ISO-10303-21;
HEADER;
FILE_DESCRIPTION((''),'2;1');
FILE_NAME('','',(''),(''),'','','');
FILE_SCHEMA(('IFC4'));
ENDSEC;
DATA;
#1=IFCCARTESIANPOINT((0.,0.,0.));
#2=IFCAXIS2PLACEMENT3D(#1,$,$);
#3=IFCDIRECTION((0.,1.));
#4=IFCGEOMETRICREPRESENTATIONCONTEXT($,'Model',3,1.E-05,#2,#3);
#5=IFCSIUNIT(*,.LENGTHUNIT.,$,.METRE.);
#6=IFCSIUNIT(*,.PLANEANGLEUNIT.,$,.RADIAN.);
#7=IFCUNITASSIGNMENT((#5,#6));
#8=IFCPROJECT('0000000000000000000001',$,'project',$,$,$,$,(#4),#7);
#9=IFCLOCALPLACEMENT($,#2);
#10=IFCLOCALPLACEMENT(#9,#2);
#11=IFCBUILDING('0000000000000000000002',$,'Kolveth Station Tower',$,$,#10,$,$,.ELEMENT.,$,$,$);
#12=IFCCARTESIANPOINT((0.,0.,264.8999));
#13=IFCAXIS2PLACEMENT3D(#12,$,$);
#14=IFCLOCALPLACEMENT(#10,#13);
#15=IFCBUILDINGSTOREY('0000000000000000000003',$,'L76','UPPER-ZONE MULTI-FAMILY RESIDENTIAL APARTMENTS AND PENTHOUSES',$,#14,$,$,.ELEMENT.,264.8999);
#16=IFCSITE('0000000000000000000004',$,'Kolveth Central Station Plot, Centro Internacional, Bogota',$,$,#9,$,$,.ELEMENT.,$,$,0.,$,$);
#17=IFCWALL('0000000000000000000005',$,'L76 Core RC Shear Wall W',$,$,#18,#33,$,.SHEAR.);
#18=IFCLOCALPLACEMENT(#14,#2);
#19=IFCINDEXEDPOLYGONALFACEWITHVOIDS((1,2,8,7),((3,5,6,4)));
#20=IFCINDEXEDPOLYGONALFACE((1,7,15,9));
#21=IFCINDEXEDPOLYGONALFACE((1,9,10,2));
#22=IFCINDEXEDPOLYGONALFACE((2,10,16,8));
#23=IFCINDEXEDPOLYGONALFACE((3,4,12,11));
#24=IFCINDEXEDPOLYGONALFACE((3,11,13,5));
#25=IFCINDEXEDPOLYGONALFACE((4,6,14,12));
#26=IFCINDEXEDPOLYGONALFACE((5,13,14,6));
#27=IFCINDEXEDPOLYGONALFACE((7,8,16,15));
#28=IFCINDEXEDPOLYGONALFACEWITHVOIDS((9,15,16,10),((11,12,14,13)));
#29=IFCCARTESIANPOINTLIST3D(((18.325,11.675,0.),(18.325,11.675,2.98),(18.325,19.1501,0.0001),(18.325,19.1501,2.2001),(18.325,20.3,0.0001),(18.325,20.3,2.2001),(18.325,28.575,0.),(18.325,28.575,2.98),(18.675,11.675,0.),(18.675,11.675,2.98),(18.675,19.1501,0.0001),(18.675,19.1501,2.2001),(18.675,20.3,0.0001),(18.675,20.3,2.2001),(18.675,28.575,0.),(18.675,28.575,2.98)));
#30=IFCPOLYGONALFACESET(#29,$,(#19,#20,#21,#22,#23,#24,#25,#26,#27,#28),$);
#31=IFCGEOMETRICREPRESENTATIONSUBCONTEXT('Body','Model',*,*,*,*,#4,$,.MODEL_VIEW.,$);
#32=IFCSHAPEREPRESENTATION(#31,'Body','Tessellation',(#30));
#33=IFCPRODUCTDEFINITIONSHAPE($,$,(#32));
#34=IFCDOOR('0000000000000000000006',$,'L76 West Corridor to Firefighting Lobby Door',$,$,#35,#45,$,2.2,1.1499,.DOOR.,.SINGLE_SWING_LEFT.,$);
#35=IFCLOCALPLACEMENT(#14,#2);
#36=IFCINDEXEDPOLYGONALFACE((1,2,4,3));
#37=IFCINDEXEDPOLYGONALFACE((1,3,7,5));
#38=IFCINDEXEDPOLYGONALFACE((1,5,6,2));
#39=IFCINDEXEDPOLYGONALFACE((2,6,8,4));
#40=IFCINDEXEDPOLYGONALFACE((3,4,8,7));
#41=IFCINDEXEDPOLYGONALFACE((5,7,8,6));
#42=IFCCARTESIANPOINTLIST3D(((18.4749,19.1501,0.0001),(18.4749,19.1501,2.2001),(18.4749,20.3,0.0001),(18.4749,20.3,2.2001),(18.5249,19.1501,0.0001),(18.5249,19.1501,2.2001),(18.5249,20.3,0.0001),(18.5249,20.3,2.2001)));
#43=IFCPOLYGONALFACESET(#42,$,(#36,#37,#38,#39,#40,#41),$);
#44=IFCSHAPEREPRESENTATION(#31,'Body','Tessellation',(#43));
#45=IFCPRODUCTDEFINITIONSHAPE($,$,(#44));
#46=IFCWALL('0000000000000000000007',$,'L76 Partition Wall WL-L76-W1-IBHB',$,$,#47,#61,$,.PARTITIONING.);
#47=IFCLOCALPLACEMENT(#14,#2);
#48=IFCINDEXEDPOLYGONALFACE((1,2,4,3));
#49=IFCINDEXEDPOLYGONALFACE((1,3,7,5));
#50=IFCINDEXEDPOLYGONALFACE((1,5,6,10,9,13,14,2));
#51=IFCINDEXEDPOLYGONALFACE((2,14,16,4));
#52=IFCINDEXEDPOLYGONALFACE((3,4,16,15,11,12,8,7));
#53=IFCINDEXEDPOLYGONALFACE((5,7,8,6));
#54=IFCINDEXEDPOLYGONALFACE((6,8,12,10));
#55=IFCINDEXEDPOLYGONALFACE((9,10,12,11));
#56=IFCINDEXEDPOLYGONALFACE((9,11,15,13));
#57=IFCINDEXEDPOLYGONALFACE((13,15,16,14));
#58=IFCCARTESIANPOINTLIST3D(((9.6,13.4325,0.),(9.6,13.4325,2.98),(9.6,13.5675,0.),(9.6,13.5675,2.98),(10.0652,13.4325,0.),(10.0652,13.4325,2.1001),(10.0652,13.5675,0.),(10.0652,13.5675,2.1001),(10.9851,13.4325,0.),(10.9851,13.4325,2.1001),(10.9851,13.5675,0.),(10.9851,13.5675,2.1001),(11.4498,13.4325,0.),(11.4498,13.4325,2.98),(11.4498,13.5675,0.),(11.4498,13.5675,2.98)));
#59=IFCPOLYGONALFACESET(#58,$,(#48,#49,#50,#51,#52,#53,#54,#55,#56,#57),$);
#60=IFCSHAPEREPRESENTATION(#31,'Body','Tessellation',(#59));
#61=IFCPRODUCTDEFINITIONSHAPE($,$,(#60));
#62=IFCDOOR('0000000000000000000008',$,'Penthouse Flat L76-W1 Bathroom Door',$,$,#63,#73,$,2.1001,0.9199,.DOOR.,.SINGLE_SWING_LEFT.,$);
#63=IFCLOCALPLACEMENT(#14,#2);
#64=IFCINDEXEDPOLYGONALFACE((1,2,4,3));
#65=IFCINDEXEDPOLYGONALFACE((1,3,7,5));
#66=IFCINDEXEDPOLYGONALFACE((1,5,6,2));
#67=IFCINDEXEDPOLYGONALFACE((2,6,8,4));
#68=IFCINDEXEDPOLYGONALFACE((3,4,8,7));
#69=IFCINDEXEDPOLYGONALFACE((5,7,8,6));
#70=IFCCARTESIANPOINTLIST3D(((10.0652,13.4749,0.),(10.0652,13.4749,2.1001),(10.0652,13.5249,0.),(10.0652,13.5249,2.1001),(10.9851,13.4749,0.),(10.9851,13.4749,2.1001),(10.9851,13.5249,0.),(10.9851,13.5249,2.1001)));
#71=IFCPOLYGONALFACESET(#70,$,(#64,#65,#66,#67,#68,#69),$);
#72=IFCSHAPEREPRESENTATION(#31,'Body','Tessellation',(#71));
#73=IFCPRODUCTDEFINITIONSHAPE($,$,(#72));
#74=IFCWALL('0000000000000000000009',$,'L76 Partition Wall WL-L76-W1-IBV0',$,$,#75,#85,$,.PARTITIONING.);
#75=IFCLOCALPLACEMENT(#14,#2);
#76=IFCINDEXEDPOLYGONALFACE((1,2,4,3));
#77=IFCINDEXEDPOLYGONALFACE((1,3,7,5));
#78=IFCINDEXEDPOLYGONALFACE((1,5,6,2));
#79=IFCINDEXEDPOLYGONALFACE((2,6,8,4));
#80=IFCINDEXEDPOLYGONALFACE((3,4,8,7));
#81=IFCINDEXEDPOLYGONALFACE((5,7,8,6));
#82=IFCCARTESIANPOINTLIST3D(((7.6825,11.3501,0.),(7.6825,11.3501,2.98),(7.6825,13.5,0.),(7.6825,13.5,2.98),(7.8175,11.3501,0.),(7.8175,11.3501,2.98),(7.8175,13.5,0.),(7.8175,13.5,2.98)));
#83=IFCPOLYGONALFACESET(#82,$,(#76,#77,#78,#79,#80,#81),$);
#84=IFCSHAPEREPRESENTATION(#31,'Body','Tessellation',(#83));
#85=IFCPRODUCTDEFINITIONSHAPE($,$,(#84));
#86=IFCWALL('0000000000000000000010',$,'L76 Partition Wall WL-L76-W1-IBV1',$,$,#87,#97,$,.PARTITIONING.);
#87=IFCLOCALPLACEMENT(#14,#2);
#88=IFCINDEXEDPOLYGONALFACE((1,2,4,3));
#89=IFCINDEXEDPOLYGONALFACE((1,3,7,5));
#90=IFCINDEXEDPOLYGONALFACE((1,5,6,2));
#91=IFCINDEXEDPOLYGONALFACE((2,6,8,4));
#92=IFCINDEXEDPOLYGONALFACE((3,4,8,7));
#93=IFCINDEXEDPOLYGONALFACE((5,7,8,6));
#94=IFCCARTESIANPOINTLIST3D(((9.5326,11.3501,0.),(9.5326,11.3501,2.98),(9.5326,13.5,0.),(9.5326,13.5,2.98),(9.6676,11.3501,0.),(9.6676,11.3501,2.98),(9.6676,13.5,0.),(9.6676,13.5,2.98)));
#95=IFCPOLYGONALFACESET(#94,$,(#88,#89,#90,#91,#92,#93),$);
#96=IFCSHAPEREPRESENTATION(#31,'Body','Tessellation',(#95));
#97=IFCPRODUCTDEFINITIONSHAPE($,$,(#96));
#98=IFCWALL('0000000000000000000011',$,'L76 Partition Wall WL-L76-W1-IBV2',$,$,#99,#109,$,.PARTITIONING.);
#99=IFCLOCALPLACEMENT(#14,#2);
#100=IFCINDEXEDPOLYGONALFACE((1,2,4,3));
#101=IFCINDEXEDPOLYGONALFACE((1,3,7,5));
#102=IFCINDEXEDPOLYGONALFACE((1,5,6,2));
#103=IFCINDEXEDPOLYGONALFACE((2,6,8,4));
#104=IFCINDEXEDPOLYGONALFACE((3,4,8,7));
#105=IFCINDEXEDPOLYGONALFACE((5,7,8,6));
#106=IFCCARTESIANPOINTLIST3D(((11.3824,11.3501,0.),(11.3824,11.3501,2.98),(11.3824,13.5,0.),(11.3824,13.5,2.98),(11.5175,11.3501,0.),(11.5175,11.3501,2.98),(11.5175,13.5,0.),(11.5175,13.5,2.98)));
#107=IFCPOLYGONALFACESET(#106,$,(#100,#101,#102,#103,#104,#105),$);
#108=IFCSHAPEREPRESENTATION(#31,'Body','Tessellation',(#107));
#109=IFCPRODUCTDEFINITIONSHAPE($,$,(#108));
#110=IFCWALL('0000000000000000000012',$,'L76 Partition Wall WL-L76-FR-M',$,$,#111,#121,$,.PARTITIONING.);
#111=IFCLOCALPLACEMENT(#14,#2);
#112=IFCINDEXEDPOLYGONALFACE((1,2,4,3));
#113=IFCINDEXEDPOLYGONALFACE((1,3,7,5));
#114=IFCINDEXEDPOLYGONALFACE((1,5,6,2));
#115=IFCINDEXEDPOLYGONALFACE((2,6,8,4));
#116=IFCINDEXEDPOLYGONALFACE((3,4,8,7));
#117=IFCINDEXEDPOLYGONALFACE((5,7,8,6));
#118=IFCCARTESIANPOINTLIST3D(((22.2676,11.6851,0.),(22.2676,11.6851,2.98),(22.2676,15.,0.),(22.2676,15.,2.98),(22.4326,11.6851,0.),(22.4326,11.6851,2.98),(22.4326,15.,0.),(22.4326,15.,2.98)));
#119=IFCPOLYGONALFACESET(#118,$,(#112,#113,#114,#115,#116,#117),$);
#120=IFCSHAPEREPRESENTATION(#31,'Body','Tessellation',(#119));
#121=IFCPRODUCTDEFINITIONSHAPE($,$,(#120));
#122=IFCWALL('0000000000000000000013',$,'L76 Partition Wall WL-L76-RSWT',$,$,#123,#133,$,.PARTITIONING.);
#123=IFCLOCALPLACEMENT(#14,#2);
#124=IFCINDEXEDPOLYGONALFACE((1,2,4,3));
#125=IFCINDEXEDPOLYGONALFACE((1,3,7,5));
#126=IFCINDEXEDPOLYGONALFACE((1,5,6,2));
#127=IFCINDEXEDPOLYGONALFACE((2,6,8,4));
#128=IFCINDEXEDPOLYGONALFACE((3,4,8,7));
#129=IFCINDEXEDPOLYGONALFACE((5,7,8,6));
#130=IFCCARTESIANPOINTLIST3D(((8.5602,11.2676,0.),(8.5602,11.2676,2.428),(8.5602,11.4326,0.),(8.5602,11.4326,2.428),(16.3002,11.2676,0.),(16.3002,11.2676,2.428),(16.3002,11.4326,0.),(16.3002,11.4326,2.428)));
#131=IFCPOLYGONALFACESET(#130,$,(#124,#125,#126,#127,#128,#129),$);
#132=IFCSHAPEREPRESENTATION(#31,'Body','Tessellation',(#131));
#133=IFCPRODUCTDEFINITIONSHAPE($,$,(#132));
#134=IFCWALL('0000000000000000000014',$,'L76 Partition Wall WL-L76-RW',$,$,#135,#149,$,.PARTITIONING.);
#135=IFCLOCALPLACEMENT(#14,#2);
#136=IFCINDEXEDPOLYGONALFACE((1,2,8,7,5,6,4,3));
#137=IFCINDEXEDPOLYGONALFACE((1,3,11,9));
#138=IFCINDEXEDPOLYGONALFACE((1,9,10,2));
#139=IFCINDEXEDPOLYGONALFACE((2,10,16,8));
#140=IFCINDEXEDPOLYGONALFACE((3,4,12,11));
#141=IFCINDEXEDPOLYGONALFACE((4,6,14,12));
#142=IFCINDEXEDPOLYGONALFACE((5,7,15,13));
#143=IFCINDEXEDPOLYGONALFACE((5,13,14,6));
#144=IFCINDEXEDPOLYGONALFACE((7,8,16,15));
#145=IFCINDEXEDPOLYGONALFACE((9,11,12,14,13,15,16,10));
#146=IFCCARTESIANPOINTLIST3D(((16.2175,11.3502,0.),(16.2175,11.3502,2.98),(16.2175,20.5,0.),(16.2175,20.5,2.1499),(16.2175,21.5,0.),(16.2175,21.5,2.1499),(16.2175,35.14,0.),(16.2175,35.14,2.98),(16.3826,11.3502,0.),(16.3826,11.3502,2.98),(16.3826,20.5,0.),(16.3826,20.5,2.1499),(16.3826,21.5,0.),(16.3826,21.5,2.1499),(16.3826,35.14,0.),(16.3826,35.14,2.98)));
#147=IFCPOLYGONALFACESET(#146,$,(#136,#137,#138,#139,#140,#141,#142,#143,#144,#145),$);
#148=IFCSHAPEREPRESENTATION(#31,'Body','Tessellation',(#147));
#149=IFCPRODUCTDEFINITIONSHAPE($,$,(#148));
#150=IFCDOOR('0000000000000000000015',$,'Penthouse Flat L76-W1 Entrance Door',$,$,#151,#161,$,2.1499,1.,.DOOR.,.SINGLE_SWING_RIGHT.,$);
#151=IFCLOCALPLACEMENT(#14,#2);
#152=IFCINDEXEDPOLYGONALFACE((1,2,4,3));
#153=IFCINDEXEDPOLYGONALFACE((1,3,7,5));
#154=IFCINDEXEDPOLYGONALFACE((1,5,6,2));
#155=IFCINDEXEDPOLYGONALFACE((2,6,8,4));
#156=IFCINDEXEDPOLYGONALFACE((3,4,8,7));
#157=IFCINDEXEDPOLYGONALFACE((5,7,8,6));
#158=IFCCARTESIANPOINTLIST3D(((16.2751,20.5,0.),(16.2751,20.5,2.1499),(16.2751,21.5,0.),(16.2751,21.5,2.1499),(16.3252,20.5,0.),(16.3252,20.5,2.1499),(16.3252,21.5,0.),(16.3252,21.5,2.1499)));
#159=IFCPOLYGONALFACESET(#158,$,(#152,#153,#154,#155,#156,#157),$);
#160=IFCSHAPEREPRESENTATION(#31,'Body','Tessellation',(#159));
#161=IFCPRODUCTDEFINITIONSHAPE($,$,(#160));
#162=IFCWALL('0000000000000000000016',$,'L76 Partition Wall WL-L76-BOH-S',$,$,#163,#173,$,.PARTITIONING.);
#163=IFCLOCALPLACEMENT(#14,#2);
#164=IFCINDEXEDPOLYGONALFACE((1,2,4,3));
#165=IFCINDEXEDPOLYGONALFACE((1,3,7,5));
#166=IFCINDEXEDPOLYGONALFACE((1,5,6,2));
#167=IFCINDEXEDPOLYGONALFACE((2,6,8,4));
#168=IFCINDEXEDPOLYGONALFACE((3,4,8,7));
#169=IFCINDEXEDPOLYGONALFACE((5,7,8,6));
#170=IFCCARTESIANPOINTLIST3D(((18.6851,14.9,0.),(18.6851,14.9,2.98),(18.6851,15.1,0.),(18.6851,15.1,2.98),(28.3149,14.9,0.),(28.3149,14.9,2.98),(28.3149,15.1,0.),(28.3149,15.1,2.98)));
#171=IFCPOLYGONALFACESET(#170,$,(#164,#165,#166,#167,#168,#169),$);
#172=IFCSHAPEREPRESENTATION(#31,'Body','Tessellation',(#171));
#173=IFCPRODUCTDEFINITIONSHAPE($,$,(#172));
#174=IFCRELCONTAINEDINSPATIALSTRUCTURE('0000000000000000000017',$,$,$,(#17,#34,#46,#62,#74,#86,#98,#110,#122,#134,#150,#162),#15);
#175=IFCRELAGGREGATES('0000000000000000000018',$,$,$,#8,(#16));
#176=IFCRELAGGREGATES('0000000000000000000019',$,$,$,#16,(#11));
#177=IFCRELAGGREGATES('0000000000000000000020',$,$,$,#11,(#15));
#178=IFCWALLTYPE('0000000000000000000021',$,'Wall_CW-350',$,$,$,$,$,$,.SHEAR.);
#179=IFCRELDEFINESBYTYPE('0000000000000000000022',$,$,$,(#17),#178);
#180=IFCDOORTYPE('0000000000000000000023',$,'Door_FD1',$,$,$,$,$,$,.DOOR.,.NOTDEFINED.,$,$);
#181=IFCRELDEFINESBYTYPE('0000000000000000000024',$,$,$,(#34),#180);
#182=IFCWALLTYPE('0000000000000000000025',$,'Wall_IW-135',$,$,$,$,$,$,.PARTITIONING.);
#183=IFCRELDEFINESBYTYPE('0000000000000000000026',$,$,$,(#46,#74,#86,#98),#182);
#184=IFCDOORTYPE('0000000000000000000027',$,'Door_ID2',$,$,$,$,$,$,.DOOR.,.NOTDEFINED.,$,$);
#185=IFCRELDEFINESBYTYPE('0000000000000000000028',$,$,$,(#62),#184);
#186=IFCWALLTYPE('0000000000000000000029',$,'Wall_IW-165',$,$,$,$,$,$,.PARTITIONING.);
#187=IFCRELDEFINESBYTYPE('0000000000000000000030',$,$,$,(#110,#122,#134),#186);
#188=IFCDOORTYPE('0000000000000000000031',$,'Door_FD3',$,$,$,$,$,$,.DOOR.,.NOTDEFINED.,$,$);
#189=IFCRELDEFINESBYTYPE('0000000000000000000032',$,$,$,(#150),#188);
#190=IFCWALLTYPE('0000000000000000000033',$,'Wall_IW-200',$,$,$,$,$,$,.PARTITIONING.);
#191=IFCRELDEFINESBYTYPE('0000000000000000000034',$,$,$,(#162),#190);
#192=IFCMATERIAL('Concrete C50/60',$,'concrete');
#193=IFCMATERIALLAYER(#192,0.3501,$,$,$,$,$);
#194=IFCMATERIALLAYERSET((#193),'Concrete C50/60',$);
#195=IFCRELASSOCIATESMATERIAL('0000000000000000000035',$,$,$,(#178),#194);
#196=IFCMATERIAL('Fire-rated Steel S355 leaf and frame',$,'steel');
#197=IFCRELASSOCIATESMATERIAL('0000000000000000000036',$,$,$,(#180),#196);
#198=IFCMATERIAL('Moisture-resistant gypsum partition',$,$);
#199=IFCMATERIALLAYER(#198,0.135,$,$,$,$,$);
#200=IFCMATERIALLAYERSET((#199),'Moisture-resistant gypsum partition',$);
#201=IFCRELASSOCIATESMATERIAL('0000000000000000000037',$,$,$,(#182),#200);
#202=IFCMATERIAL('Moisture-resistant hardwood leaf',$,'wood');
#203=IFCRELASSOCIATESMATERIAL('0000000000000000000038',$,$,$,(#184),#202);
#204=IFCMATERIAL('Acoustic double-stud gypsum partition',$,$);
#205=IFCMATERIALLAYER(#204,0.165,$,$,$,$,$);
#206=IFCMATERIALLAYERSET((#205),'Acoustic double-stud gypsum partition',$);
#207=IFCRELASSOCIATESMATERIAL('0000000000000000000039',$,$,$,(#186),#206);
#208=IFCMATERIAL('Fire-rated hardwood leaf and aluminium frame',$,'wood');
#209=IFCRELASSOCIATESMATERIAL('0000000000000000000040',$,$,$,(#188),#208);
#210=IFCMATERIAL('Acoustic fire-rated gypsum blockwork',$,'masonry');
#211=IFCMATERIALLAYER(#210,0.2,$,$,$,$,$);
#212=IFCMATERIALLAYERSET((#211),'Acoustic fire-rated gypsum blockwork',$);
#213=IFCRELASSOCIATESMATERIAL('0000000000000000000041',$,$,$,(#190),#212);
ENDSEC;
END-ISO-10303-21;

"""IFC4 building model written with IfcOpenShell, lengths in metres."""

from ifc_helpers import new_model, si_unit, direction, frame, frame_2d, origin, place, context, subcontext, project, spatial, rectangle, extrude, material, layer, layer_set, type_object, element, fill, save


model = new_model("IFC4")

# Units and contexts
model_context = context("Model", 3, precision=1e-05, world=origin(), true_north=direction((0.0, 1.0)))
body_context = subcontext(model_context, "Body", "Model", "MODEL_VIEW")
ifc_project = project(units=[si_unit("LENGTHUNIT", "METRE"), si_unit("PLANEANGLEUNIT", "RADIAN")], contexts=[model_context])

# Site, building, storey
site_placement = place(None, origin())
site = spatial("IfcSite", under=ifc_project, at=site_placement, Name="Kolveth Central Station Plot, Centro Internacional, Bogota", CompositionType="ELEMENT", RefElevation=0.0)
building_placement = place(site_placement, origin())
building = spatial("IfcBuilding", under=site, at=building_placement, Name="Kolveth Station Tower", CompositionType="ELEMENT")
storey_placement = place(building_placement, frame((0.0, 0.0, 264.8999)))
storey = spatial("IfcBuildingStorey", under=building, at=storey_placement, Name="L76", Description="UPPER-ZONE MULTI-FAMILY RESIDENTIAL APARTMENTS AND PENTHOUSES", CompositionType="ELEMENT", Elevation=264.8999)

# Shared definitions
ifc_material_1 = material(Name="Concrete C50/60", Category="concrete")
ifc_layer_1 = layer(ifc_material_1, 0.3501)
ifc_layer_set_1 = layer_set([ifc_layer_1], Name="Concrete C50/60")
wall_type_1 = type_object("IfcWallType", Name="Wall_CW-350", PredefinedType="SHEAR", material=ifc_layer_set_1)

# Walls, openings, doors
wall_1_placement = place(storey_placement, frame((18.5, 11.675, 0.0), z_axis=(0.0, 0.0, 1.0), x_axis=(0.0, 1.0, 0.0)))
wall_1 = element("IfcWall", 1, at=wall_1_placement, inside=storey, type_object=wall_type_1, Name="L76 Core RC Shear Wall W", PredefinedType="SHEAR", context=body_context, shape_type="SweptSolid", body=[
    extrude(rectangle(XDim=16.8999, YDim=0.3501, at=frame_2d((8.45, 0.0))), origin(), (0.0, 0.0, 1.0), 2.98),
])
opening_1_placement = place(wall_1_placement, frame((7.4751, 0.0, 0.0)))
opening_1 = element("IfcOpeningElement", 2, at=opening_1_placement, cuts=wall_1, PredefinedType="OPENING", context=body_context, shape_type="SweptSolid", body=[
    extrude(rectangle(XDim=1.1499, YDim=2.2, at=frame_2d((0.575, 1.1001))), frame((0.0, 0.1851, 0.0), z_axis=(0.0, -1.0, 0.0), x_axis=(1.0, 0.0, 0.0)), (0.0, 0.0, 1.0), 0.3701),
])
ifc_material_2 = material(Name="Fire-rated Steel S355 leaf and frame", Category="steel")
door_type_1 = type_object("IfcDoorType", Name="Door_FD1", OperationType="NOTDEFINED", PredefinedType="DOOR", material=ifc_material_2)
door_1_placement = place(opening_1_placement, frame((1.1499, 0.0, 0.0), z_axis=(0.0, 0.0, 1.0), x_axis=(-1.0, 0.0, 0.0)))
door_1 = element("IfcDoor", 3, at=door_1_placement, inside=storey, type_object=door_type_1, Name="L76 West Corridor to Firefighting Lobby Door", OperationType="SINGLE_SWING_LEFT", OverallHeight=2.2, OverallWidth=1.1499, PredefinedType="DOOR", context=body_context, shape_type="SweptSolid", body=[
    extrude(rectangle(XDim=1.1499, YDim=2.2, at=frame_2d((0.575, 1.1001))), frame((0.0, 0.0249, 0.0), z_axis=(0.0, -1.0, 0.0), x_axis=(1.0, 0.0, 0.0)), (0.0, 0.0, 1.0), 0.05),
])
fill(opening_1, door_1)
ifc_material_3 = material(Name="Moisture-resistant gypsum partition")
ifc_layer_2 = layer(ifc_material_3, 0.135)
ifc_layer_set_2 = layer_set([ifc_layer_2], Name="Moisture-resistant gypsum partition")
wall_type_2 = type_object("IfcWallType", Name="Wall_IW-135", PredefinedType="PARTITIONING", material=ifc_layer_set_2)
wall_2_placement = place(storey_placement, frame((9.6001, 13.5, 0.0), z_axis=(0.0, 0.0, 1.0), x_axis=(1.0, 0.0, 0.0)))
wall_2 = element("IfcWall", 4, at=wall_2_placement, inside=storey, type_object=wall_type_2, Name="L76 Partition Wall WL-L76-W1-IBHB", PredefinedType="PARTITIONING", context=body_context, shape_type="SweptSolid", body=[
    extrude(rectangle(XDim=1.8499, YDim=0.135, at=frame_2d((0.9248, 0.0))), origin(), (0.0, 0.0, 1.0), 2.98),
])
opening_2_placement = place(wall_2_placement, frame((0.4651, 0.0, 0.0)))
opening_2 = element("IfcOpeningElement", 5, at=opening_2_placement, cuts=wall_2, PredefinedType="OPENING", context=body_context, shape_type="SweptSolid", body=[
    extrude(rectangle(XDim=0.9199, YDim=2.1001, at=frame_2d((0.46, 1.05))), frame((0.0, 0.0774, 0.0), z_axis=(0.0, -1.0, 0.0), x_axis=(1.0, 0.0, 0.0)), (0.0, 0.0, 1.0), 0.155),
])
ifc_material_4 = material(Name="Moisture-resistant hardwood leaf", Category="wood")
door_type_2 = type_object("IfcDoorType", Name="Door_ID2", OperationType="NOTDEFINED", PredefinedType="DOOR", material=ifc_material_4)
door_2_placement = place(opening_2_placement, origin())
door_2 = element("IfcDoor", 6, at=door_2_placement, inside=storey, type_object=door_type_2, Name="Penthouse Flat L76-W1 Bathroom Door", OperationType="SINGLE_SWING_LEFT", OverallHeight=2.1001, OverallWidth=0.9199, PredefinedType="DOOR", context=body_context, shape_type="SweptSolid", body=[
    extrude(rectangle(XDim=0.9199, YDim=2.1001, at=frame_2d((0.46, 1.05))), frame((0.0, 0.0249, 0.0), z_axis=(0.0, -1.0, 0.0), x_axis=(1.0, 0.0, 0.0)), (0.0, 0.0, 1.0), 0.05),
])
fill(opening_2, door_2)

# Walls
for number, where, z_axis, x_axis, name in (
    (7, (7.75, 11.3501, 0.0), (0.0, 0.0, 1.0), (0.0, 1.0, 0.0), "L76 Partition Wall WL-L76-W1-IBV0"),
    (8, (9.6001, 11.3501, 0.0), (0.0, 0.0, 1.0), (0.0, 1.0, 0.0), "L76 Partition Wall WL-L76-W1-IBV1"),
    (9, (11.45, 11.3501, 0.0), (0.0, 0.0, 1.0), (0.0, 1.0, 0.0), "L76 Partition Wall WL-L76-W1-IBV2"),
):
    element("IfcWall", number, at=place(storey_placement, frame(where, z_axis=z_axis, x_axis=x_axis)), inside=storey, type_object=wall_type_2, Name=name, PredefinedType="PARTITIONING", context=body_context, shape_type="SweptSolid", body=[
        extrude(rectangle(XDim=2.1499, YDim=0.135, at=frame_2d((1.075, 0.0))), origin(), (0.0, 0.0, 1.0), 2.98),
    ])
ifc_material_5 = material(Name="Acoustic double-stud gypsum partition")
ifc_layer_3 = layer(ifc_material_5, 0.165)
ifc_layer_set_3 = layer_set([ifc_layer_3], Name="Acoustic double-stud gypsum partition")
wall_type_3 = type_object("IfcWallType", Name="Wall_IW-165", PredefinedType="PARTITIONING", material=ifc_layer_set_3)
wall_3_placement = place(storey_placement, frame((22.3501, 11.6851, 0.0), z_axis=(0.0, 0.0, 1.0), x_axis=(0.0, 1.0, 0.0)))
element("IfcWall", 10, at=wall_3_placement, inside=storey, type_object=wall_type_3, Name="L76 Partition Wall WL-L76-FR-M", PredefinedType="PARTITIONING", context=body_context, shape_type="SweptSolid", body=[
    extrude(rectangle(XDim=3.3149, YDim=0.165, at=frame_2d((1.6575, 0.0))), origin(), (0.0, 0.0, 1.0), 2.98),
])
wall_4_placement = place(storey_placement, frame((8.5601, 11.3501, 0.0), z_axis=(0.0, 0.0, 1.0), x_axis=(1.0, 0.0, 0.0)))
element("IfcWall", 11, at=wall_4_placement, inside=storey, type_object=wall_type_3, Name="L76 Partition Wall WL-L76-RSWT", PredefinedType="PARTITIONING", context=body_context, shape_type="SweptSolid", body=[
    extrude(rectangle(XDim=7.74, YDim=0.165, at=frame_2d((3.8701, 0.0))), origin(), (0.0, 0.0, 1.0), 2.428),
])

# Wall, opening, door
wall_5_placement = place(storey_placement, frame((16.3, 11.3501, 0.0), z_axis=(0.0, 0.0, 1.0), x_axis=(0.0, 1.0, 0.0)))
wall_5 = element("IfcWall", 12, at=wall_5_placement, inside=storey, type_object=wall_type_3, Name="L76 Partition Wall WL-L76-RW", PredefinedType="PARTITIONING", context=body_context, shape_type="SweptSolid", body=[
    extrude(rectangle(XDim=23.7898, YDim=0.165, at=frame_2d((11.895, 0.0))), origin(), (0.0, 0.0, 1.0), 2.98),
])
opening_3_placement = place(wall_5_placement, frame((9.1499, 0.0, 0.0)))
opening_3 = element("IfcOpeningElement", 13, at=opening_3_placement, cuts=wall_5, PredefinedType="OPENING", context=body_context, shape_type="SweptSolid", body=[
    extrude(rectangle(XDim=1.0, YDim=2.1499, at=frame_2d((0.5, 1.075))), frame((0.0, 0.0925, 0.0), z_axis=(0.0, -1.0, 0.0), x_axis=(1.0, 0.0, 0.0)), (0.0, 0.0, 1.0), 0.1851),
])
ifc_material_6 = material(Name="Fire-rated hardwood leaf and aluminium frame", Category="wood")
door_type_3 = type_object("IfcDoorType", Name="Door_FD3", OperationType="NOTDEFINED", PredefinedType="DOOR", material=ifc_material_6)
door_3_placement = place(opening_3_placement, origin())
door_3 = element("IfcDoor", 14, at=door_3_placement, inside=storey, type_object=door_type_3, Name="Penthouse Flat L76-W1 Entrance Door", OperationType="SINGLE_SWING_RIGHT", OverallHeight=2.1499, OverallWidth=1.0, PredefinedType="DOOR", context=body_context, shape_type="SweptSolid", body=[
    extrude(rectangle(XDim=1.0, YDim=2.1499, at=frame_2d((0.5, 1.075))), frame((0.0, 0.0249, 0.0), z_axis=(0.0, -1.0, 0.0), x_axis=(1.0, 0.0, 0.0)), (0.0, 0.0, 1.0), 0.05),
])
fill(opening_3, door_3)

# Wall
ifc_material_7 = material(Name="Acoustic fire-rated gypsum blockwork", Category="masonry")
ifc_layer_4 = layer(ifc_material_7, 0.2)
ifc_layer_set_4 = layer_set([ifc_layer_4], Name="Acoustic fire-rated gypsum blockwork")
wall_type_4 = type_object("IfcWallType", Name="Wall_IW-200", PredefinedType="PARTITIONING", material=ifc_layer_set_4)
wall_6_placement = place(storey_placement, frame((18.6851, 15.0, 0.0), z_axis=(0.0, 0.0, 1.0), x_axis=(1.0, 0.0, 0.0)))
element("IfcWall", 15, at=wall_6_placement, inside=storey, type_object=wall_type_4, Name="L76 Partition Wall WL-L76-BOH-S", PredefinedType="PARTITIONING", context=body_context, shape_type="SweptSolid", body=[
    extrude(rectangle(XDim=9.6299, YDim=0.2, at=frame_2d((4.8149, 0.0))), origin(), (0.0, 0.0, 1.0), 2.98),
])

save(model, "model.ifc")
